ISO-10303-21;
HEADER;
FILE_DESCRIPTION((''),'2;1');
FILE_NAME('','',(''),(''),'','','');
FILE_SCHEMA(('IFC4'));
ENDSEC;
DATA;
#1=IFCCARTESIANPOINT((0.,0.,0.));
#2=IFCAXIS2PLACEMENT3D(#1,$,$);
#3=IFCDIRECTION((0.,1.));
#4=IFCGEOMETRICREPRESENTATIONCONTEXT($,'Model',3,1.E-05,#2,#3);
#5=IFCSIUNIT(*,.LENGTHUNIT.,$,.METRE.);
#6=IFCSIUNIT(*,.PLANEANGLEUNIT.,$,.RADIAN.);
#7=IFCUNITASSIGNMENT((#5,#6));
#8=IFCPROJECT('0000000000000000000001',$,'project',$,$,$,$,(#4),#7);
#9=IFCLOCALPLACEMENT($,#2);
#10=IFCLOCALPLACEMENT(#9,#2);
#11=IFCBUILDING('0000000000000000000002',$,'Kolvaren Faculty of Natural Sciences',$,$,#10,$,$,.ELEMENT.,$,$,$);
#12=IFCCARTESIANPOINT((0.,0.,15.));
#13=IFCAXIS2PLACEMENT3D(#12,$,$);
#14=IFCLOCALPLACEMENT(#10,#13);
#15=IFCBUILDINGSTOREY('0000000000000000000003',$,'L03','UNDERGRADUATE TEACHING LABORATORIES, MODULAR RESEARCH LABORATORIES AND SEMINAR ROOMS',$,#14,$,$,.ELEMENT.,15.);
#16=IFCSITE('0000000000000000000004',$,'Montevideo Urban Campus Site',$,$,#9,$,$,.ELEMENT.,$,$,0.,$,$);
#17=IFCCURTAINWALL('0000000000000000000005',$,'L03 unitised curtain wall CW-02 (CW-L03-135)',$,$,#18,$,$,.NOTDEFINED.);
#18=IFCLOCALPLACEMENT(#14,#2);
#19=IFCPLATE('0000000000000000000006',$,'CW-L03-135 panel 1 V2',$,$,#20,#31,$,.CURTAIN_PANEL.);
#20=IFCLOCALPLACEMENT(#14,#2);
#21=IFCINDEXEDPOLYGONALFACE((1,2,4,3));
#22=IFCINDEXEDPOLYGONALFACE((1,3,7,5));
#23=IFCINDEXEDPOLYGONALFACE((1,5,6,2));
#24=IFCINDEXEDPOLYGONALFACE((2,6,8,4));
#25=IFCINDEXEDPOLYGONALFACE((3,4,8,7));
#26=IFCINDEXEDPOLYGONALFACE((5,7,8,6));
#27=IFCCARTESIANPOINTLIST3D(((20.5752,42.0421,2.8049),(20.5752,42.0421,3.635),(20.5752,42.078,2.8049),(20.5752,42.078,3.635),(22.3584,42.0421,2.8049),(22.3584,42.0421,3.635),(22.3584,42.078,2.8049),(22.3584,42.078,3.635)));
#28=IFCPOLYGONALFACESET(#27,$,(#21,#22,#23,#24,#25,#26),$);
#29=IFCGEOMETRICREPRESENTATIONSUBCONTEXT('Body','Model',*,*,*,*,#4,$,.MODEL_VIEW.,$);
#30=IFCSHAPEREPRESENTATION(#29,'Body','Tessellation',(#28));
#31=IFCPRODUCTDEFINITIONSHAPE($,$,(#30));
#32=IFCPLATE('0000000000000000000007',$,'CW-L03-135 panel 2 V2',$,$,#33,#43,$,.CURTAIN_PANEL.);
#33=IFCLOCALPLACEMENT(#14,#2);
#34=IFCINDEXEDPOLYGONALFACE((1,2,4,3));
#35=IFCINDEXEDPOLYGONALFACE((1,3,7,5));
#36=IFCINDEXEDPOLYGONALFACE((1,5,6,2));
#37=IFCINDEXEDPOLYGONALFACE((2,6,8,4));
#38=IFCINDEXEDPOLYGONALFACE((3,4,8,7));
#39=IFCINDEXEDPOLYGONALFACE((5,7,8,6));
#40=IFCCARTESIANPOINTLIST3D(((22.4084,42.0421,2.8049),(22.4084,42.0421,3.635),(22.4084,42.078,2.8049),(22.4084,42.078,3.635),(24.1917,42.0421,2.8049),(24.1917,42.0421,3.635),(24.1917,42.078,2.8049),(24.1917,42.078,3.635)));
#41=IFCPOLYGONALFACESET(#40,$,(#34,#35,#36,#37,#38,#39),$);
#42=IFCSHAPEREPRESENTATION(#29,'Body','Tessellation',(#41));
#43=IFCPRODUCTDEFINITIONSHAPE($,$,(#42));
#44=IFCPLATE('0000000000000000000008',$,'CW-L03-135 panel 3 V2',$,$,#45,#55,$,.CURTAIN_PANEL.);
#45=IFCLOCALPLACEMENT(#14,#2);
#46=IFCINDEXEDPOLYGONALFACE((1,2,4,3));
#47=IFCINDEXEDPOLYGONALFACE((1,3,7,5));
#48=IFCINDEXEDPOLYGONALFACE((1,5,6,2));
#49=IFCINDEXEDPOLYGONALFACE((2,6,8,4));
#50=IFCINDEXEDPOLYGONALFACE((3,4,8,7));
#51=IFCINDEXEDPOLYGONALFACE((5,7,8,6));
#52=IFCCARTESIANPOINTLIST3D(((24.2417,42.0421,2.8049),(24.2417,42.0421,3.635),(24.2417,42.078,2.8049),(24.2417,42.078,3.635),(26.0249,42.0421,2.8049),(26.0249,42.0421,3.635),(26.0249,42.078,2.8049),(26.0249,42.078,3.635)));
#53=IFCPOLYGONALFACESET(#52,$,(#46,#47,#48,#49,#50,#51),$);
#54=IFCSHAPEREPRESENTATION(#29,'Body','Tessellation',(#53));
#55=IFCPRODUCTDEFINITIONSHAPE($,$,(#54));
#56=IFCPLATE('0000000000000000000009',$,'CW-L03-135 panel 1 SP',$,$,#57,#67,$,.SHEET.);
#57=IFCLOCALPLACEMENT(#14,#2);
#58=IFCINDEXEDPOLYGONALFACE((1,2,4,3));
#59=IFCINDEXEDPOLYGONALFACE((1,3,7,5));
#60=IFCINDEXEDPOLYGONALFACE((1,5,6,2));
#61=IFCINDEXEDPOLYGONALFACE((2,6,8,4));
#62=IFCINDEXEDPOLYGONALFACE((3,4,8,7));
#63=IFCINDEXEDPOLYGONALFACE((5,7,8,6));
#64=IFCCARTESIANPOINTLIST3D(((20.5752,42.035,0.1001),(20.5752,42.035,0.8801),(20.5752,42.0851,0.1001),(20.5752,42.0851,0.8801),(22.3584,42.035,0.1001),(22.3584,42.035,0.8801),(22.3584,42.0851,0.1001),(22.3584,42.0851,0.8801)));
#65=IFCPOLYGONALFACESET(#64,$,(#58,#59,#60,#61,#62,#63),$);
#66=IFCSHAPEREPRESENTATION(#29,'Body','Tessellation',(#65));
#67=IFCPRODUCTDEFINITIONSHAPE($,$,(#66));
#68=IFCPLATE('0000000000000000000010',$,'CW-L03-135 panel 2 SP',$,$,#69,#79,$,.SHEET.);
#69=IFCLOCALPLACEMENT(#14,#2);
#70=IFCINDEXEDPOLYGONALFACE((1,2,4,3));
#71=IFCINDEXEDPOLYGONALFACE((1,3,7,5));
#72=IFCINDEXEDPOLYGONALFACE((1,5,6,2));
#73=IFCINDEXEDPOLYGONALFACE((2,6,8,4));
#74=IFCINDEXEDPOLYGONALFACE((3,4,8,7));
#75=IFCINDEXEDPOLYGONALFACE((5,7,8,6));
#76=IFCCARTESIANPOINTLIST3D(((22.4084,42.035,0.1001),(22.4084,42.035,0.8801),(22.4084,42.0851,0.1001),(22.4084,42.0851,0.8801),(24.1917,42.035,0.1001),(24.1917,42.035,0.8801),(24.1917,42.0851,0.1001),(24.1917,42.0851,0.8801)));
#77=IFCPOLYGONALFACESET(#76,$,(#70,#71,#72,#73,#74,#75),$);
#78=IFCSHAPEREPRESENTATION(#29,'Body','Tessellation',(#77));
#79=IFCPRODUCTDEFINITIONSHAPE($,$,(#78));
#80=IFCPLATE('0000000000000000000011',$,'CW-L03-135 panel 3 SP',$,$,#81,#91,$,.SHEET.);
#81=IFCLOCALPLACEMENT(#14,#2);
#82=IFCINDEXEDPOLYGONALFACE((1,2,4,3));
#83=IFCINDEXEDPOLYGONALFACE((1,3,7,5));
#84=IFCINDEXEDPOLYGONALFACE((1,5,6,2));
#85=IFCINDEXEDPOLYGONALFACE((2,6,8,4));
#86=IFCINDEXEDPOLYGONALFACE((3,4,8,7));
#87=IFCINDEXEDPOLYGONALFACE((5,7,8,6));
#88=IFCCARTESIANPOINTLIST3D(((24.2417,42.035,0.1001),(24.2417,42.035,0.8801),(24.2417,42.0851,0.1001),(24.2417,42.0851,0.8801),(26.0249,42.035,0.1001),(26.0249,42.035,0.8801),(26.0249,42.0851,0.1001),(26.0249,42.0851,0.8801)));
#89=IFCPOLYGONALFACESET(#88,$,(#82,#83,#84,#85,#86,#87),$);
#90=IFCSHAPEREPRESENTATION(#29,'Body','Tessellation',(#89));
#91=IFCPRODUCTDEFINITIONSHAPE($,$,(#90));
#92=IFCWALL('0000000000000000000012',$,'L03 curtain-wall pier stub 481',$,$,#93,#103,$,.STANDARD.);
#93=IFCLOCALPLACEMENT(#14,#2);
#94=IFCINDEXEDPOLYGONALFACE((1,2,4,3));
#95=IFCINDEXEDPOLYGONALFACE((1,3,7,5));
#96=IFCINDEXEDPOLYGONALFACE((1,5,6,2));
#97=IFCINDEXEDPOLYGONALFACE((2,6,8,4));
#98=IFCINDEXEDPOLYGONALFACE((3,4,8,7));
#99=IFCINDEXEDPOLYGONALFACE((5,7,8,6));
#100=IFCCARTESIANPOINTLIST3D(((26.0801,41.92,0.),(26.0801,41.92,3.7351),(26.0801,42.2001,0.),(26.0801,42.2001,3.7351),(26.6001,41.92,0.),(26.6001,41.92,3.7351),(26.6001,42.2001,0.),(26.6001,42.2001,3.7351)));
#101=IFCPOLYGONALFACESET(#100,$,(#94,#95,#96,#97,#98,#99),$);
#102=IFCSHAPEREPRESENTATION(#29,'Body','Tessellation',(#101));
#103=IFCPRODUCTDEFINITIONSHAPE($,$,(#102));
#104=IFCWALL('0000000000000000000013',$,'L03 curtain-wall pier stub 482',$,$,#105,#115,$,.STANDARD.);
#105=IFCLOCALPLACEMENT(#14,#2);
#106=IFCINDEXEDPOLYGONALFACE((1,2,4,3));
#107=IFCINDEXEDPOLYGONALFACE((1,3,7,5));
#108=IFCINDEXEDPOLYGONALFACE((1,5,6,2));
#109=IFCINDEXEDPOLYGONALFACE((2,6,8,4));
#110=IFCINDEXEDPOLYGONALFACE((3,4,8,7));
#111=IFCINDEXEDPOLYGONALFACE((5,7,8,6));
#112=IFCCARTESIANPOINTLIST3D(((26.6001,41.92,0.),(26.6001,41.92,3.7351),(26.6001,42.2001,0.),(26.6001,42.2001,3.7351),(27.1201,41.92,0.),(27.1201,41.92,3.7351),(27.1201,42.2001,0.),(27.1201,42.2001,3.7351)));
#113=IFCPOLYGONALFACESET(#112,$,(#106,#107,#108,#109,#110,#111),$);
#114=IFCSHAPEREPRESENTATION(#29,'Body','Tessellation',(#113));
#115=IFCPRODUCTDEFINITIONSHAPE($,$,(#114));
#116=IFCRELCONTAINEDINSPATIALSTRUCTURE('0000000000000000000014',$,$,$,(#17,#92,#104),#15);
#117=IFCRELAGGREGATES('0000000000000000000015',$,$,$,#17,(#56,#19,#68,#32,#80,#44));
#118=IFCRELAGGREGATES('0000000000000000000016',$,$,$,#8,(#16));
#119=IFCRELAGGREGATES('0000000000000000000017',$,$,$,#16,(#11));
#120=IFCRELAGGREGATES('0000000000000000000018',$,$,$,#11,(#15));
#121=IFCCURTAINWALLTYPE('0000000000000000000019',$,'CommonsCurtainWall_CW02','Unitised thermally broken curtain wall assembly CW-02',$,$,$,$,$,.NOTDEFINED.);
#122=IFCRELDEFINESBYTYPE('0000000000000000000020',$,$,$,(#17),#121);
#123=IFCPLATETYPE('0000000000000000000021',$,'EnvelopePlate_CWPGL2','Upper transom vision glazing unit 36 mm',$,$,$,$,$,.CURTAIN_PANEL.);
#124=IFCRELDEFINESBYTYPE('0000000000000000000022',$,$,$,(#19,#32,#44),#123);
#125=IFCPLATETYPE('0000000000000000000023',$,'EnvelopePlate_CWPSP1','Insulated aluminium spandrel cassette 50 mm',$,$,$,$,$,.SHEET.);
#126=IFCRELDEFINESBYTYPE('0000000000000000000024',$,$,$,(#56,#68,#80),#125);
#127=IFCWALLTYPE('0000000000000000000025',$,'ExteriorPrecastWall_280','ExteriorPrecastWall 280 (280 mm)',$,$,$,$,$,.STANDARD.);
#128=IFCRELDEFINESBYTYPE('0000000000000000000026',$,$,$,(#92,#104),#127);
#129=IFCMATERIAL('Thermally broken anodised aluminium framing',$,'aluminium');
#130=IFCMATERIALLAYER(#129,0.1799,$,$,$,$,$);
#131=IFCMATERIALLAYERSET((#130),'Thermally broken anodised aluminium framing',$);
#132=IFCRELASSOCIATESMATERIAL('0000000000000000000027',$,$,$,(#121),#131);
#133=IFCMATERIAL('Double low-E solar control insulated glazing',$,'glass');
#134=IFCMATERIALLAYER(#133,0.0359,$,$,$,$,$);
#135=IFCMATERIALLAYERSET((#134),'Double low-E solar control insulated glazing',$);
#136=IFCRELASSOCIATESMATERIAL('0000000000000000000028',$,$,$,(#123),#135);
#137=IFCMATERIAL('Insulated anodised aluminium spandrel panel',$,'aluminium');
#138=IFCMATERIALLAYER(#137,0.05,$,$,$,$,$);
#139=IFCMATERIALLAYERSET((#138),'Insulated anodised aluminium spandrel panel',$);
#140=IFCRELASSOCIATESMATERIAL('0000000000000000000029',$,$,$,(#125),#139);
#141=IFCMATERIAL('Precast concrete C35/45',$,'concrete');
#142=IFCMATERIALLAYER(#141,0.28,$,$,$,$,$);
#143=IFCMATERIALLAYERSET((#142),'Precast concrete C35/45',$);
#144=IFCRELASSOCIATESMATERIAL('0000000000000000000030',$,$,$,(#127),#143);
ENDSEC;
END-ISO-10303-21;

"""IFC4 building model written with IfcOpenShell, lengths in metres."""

from ifc_helpers import new_model, si_unit, direction, frame, frame_2d, origin, origin_2d, place, context, subcontext, project, spatial, rectangle, extrude, material, layer, layer_set, type_object, element, aggregate, save


model = new_model("IFC4")

# Units and contexts
model_context = context("Model", 3, precision=1e-05, world=origin(), true_north=direction((0.0, 1.0)))
body_context = subcontext(model_context, "Body", "Model", "MODEL_VIEW")
ifc_project = project(units=[si_unit("LENGTHUNIT", "METRE"), si_unit("PLANEANGLEUNIT", "RADIAN")], contexts=[model_context])

# Site, building, storey
site_placement = place(None, origin())
site = spatial("IfcSite", under=ifc_project, at=site_placement, Name="Montevideo Urban Campus Site", CompositionType="ELEMENT", RefElevation=0.0)
building_placement = place(site_placement, origin())
building = spatial("IfcBuilding", under=site, at=building_placement, Name="Kolvaren Faculty of Natural Sciences", CompositionType="ELEMENT")
storey_placement = place(building_placement, frame((0.0, 0.0, 15.0)))
storey = spatial("IfcBuildingStorey", under=building, at=storey_placement, Name="L03", Description="UNDERGRADUATE TEACHING LABORATORIES, MODULAR RESEARCH LABORATORIES AND SEMINAR ROOMS", CompositionType="ELEMENT", Elevation=15.0)

# Curtain wall
ifc_material_1 = material(Name="Thermally broken anodised aluminium framing", Category="aluminium")
ifc_layer_1 = layer(ifc_material_1, 0.1799)
ifc_layer_set_1 = layer_set([ifc_layer_1], Name="Thermally broken anodised aluminium framing")
curtain_wall_type = type_object("IfcCurtainWallType", Name="CommonsCurtainWall_CW02", Description="Unitised thermally broken curtain wall assembly CW-02", PredefinedType="NOTDEFINED", material=ifc_layer_set_1)
curtain_wall_1_placement = place(storey_placement, origin())
curtain_wall_1 = element("IfcCurtainWall", 1, at=curtain_wall_1_placement, inside=storey, type_object=curtain_wall_type, Name="L03 unitised curtain wall CW-02 (CW-L03-135)", PredefinedType="NOTDEFINED")

# Plates
ifc_material_2 = material(Name="Double low-E solar control insulated glazing", Category="glass")
ifc_layer_2 = layer(ifc_material_2, 0.0359)
ifc_layer_set_2 = layer_set([ifc_layer_2], Name="Double low-E solar control insulated glazing")
plate_type_1 = type_object("IfcPlateType", Name="EnvelopePlate_CWPGL2", Description="Upper transom vision glazing unit 36 mm", PredefinedType="CURTAIN_PANEL", material=ifc_layer_set_2)
plate_1_placement = place(storey_placement, frame((21.4668, 42.0601, 2.8049), z_axis=(0.0, 0.0, 1.0), x_axis=(1.0, 0.0, 0.0)))
plate_1 = element("IfcPlate", 2, at=plate_1_placement, type_object=plate_type_1, Name="CW-L03-135 panel 1 V2", PredefinedType="CURTAIN_PANEL", context=body_context, shape_type="SweptSolid", body=[
    extrude(rectangle(XDim=1.7832, YDim=0.0359, at=origin_2d()), origin(), (0.0, 0.0, 1.0), 0.8301),
])
plate_2_placement = place(storey_placement, frame((23.3, 42.0601, 2.8049), z_axis=(0.0, 0.0, 1.0), x_axis=(1.0, 0.0, 0.0)))
plate_2 = element("IfcPlate", 3, at=plate_2_placement, type_object=plate_type_1, Name="CW-L03-135 panel 2 V2", PredefinedType="CURTAIN_PANEL", context=body_context, shape_type="SweptSolid", body=[
    extrude(rectangle(XDim=1.7832, YDim=0.0359, at=origin_2d()), origin(), (0.0, 0.0, 1.0), 0.8301),
])
plate_3_placement = place(storey_placement, frame((25.1333, 42.0601, 2.8049), z_axis=(0.0, 0.0, 1.0), x_axis=(1.0, 0.0, 0.0)))
plate_3 = element("IfcPlate", 4, at=plate_3_placement, type_object=plate_type_1, Name="CW-L03-135 panel 3 V2", PredefinedType="CURTAIN_PANEL", context=body_context, shape_type="SweptSolid", body=[
    extrude(rectangle(XDim=1.7832, YDim=0.0359, at=origin_2d()), origin(), (0.0, 0.0, 1.0), 0.8301),
])
ifc_material_3 = material(Name="Insulated anodised aluminium spandrel panel", Category="aluminium")
ifc_layer_3 = layer(ifc_material_3, 0.05)
ifc_layer_set_3 = layer_set([ifc_layer_3], Name="Insulated anodised aluminium spandrel panel")
plate_type_2 = type_object("IfcPlateType", Name="EnvelopePlate_CWPSP1", Description="Insulated aluminium spandrel cassette 50 mm", PredefinedType="SHEET", material=ifc_layer_set_3)
plate_4_placement = place(storey_placement, frame((21.4668, 42.0601, 0.1001), z_axis=(0.0, 0.0, 1.0), x_axis=(1.0, 0.0, 0.0)))
plate_4 = element("IfcPlate", 5, at=plate_4_placement, type_object=plate_type_2, Name="CW-L03-135 panel 1 SP", PredefinedType="SHEET", context=body_context, shape_type="SweptSolid", body=[
    extrude(rectangle(XDim=1.7832, YDim=0.05, at=origin_2d()), origin(), (0.0, 0.0, 1.0), 0.78),
])
plate_5_placement = place(storey_placement, frame((23.3, 42.0601, 0.1001), z_axis=(0.0, 0.0, 1.0), x_axis=(1.0, 0.0, 0.0)))
plate_5 = element("IfcPlate", 6, at=plate_5_placement, type_object=plate_type_2, Name="CW-L03-135 panel 2 SP", PredefinedType="SHEET", context=body_context, shape_type="SweptSolid", body=[
    extrude(rectangle(XDim=1.7832, YDim=0.05, at=origin_2d()), origin(), (0.0, 0.0, 1.0), 0.78),
])
plate_6_placement = place(storey_placement, frame((25.1333, 42.0601, 0.1001), z_axis=(0.0, 0.0, 1.0), x_axis=(1.0, 0.0, 0.0)))
plate_6 = element("IfcPlate", 7, at=plate_6_placement, type_object=plate_type_2, Name="CW-L03-135 panel 3 SP", PredefinedType="SHEET", context=body_context, shape_type="SweptSolid", body=[
    extrude(rectangle(XDim=1.7832, YDim=0.05, at=origin_2d()), origin(), (0.0, 0.0, 1.0), 0.78),
])
aggregate(curtain_wall_1, [plate_4, plate_1, plate_5, plate_2, plate_6, plate_3])

# Walls
ifc_material_4 = material(Name="Precast concrete C35/45", Category="concrete")
ifc_layer_4 = layer(ifc_material_4, 0.28)
ifc_layer_set_4 = layer_set([ifc_layer_4], Name="Precast concrete C35/45")
wall_type = type_object("IfcWallType", Name="ExteriorPrecastWall_280", Description="ExteriorPrecastWall 280 (280 mm)", PredefinedType="STANDARD", material=ifc_layer_set_4)
for number, where, z_axis, x_axis, name in (
    (8, (26.0801, 42.0601, 0.0), (0.0, 0.0, 1.0), (1.0, 0.0, 0.0), "L03 curtain-wall pier stub 481"),
    (9, (26.6001, 42.0601, 0.0), (0.0, 0.0, 1.0), (1.0, 0.0, 0.0), "L03 curtain-wall pier stub 482"),
):
    element("IfcWall", number, at=place(storey_placement, frame(where, z_axis=z_axis, x_axis=x_axis)), inside=storey, type_object=wall_type, Name=name, PredefinedType="STANDARD", context=body_context, shape_type="SweptSolid", body=[
        extrude(rectangle(XDim=0.52, YDim=0.28, at=frame_2d((0.26, 0.0))), origin(), (0.0, 0.0, 1.0), 3.7351),
    ])

save(model, "model.ifc")
